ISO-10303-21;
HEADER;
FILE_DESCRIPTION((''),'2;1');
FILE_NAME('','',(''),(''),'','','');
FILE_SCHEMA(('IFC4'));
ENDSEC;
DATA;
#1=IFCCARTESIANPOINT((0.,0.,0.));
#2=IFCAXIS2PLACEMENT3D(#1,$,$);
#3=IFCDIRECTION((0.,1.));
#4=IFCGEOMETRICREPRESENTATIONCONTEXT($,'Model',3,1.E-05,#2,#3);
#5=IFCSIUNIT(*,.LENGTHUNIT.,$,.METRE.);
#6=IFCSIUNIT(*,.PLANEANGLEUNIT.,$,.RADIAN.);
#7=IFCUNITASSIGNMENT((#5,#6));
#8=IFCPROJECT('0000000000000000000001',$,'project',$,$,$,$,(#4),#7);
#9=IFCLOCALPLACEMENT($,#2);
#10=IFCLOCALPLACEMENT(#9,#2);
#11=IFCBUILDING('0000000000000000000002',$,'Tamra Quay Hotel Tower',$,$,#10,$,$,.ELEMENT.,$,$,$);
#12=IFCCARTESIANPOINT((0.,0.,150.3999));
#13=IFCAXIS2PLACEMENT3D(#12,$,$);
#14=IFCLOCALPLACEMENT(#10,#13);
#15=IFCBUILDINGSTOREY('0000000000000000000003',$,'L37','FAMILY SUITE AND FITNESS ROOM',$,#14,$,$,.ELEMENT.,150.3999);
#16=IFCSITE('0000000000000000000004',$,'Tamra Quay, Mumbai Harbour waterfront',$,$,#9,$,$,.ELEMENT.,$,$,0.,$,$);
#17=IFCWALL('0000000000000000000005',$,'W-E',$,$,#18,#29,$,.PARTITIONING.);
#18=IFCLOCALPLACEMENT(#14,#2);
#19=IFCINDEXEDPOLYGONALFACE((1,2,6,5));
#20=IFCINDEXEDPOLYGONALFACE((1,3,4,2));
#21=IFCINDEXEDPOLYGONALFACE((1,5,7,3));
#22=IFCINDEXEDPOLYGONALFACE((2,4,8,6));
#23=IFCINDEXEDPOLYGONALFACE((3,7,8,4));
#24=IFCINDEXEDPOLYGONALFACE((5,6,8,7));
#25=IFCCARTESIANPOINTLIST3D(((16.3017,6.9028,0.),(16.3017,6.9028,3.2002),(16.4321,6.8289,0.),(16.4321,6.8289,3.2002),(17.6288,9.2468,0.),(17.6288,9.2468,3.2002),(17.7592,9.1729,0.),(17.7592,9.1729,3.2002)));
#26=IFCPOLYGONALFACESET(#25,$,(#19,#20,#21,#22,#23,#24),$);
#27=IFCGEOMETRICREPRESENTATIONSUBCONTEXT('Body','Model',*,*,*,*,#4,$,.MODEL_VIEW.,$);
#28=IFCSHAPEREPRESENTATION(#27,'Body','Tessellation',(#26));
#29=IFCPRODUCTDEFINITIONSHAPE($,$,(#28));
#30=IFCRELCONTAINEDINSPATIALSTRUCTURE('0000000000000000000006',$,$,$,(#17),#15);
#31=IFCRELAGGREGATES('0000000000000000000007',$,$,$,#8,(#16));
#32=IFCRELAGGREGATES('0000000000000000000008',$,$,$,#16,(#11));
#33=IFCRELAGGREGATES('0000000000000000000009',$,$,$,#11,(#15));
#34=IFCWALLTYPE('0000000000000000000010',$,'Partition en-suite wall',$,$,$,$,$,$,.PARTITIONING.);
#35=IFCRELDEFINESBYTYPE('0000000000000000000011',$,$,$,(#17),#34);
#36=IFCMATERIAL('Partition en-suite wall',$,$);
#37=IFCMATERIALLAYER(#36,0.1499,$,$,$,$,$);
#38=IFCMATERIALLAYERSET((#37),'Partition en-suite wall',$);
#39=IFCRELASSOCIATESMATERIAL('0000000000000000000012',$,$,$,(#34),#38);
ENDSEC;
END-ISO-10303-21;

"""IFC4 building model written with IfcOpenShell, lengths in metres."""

from ifc_helpers import new_model, si_unit, direction, frame, frame_2d, origin, place, context, subcontext, project, spatial, rectangle, extrude, material, layer, layer_set, type_object, element, save


model = new_model("IFC4")

# Units and contexts
model_context = context("Model", 3, precision=1e-05, world=origin(), true_north=direction((0.0, 1.0)))
body_context = subcontext(model_context, "Body", "Model", "MODEL_VIEW")
ifc_project = project(units=[si_unit("LENGTHUNIT", "METRE"), si_unit("PLANEANGLEUNIT", "RADIAN")], contexts=[model_context])

# Site, building, storey
site_placement = place(None, origin())
site = spatial("IfcSite", under=ifc_project, at=site_placement, Name="Tamra Quay, Mumbai Harbour waterfront", CompositionType="ELEMENT", RefElevation=0.0)
building_placement = place(site_placement, origin())
building = spatial("IfcBuilding", under=site, at=building_placement, Name="Tamra Quay Hotel Tower", CompositionType="ELEMENT")
storey_placement = place(building_placement, frame((0.0, 0.0, 150.3999)))
storey = spatial("IfcBuildingStorey", under=building, at=storey_placement, Name="L37", Description="FAMILY SUITE AND FITNESS ROOM", CompositionType="ELEMENT", Elevation=150.3999)

# Shared definitions
ifc_material_1 = material(Name="Partition en-suite wall")
ifc_layer_1 = layer(ifc_material_1, 0.1499)
ifc_layer_set_1 = layer_set([ifc_layer_1], Name="Partition en-suite wall")
wall_type_1 = type_object("IfcWallType", Name="Partition en-suite wall", PredefinedType="PARTITIONING", material=ifc_layer_set_1)

# Wall
wall_1_placement = place(storey_placement, frame((16.3669, 6.866, 0.0), z_axis=(0.0, 0.0, 1.0), x_axis=(0.492699, 0.8702, 0.0)))
element("IfcWall", 1, at=wall_1_placement, inside=storey, type_object=wall_type_1, Name="W-E", PredefinedType="PARTITIONING", context=body_context, shape_type="SweptSolid", body=[
    extrude(rectangle(XDim=2.6936, YDim=0.1499, at=frame_2d((1.3467, 0.0))), origin(), (0.0, 0.0, 1.0), 3.2002),
])

save(model, "model.ifc")
